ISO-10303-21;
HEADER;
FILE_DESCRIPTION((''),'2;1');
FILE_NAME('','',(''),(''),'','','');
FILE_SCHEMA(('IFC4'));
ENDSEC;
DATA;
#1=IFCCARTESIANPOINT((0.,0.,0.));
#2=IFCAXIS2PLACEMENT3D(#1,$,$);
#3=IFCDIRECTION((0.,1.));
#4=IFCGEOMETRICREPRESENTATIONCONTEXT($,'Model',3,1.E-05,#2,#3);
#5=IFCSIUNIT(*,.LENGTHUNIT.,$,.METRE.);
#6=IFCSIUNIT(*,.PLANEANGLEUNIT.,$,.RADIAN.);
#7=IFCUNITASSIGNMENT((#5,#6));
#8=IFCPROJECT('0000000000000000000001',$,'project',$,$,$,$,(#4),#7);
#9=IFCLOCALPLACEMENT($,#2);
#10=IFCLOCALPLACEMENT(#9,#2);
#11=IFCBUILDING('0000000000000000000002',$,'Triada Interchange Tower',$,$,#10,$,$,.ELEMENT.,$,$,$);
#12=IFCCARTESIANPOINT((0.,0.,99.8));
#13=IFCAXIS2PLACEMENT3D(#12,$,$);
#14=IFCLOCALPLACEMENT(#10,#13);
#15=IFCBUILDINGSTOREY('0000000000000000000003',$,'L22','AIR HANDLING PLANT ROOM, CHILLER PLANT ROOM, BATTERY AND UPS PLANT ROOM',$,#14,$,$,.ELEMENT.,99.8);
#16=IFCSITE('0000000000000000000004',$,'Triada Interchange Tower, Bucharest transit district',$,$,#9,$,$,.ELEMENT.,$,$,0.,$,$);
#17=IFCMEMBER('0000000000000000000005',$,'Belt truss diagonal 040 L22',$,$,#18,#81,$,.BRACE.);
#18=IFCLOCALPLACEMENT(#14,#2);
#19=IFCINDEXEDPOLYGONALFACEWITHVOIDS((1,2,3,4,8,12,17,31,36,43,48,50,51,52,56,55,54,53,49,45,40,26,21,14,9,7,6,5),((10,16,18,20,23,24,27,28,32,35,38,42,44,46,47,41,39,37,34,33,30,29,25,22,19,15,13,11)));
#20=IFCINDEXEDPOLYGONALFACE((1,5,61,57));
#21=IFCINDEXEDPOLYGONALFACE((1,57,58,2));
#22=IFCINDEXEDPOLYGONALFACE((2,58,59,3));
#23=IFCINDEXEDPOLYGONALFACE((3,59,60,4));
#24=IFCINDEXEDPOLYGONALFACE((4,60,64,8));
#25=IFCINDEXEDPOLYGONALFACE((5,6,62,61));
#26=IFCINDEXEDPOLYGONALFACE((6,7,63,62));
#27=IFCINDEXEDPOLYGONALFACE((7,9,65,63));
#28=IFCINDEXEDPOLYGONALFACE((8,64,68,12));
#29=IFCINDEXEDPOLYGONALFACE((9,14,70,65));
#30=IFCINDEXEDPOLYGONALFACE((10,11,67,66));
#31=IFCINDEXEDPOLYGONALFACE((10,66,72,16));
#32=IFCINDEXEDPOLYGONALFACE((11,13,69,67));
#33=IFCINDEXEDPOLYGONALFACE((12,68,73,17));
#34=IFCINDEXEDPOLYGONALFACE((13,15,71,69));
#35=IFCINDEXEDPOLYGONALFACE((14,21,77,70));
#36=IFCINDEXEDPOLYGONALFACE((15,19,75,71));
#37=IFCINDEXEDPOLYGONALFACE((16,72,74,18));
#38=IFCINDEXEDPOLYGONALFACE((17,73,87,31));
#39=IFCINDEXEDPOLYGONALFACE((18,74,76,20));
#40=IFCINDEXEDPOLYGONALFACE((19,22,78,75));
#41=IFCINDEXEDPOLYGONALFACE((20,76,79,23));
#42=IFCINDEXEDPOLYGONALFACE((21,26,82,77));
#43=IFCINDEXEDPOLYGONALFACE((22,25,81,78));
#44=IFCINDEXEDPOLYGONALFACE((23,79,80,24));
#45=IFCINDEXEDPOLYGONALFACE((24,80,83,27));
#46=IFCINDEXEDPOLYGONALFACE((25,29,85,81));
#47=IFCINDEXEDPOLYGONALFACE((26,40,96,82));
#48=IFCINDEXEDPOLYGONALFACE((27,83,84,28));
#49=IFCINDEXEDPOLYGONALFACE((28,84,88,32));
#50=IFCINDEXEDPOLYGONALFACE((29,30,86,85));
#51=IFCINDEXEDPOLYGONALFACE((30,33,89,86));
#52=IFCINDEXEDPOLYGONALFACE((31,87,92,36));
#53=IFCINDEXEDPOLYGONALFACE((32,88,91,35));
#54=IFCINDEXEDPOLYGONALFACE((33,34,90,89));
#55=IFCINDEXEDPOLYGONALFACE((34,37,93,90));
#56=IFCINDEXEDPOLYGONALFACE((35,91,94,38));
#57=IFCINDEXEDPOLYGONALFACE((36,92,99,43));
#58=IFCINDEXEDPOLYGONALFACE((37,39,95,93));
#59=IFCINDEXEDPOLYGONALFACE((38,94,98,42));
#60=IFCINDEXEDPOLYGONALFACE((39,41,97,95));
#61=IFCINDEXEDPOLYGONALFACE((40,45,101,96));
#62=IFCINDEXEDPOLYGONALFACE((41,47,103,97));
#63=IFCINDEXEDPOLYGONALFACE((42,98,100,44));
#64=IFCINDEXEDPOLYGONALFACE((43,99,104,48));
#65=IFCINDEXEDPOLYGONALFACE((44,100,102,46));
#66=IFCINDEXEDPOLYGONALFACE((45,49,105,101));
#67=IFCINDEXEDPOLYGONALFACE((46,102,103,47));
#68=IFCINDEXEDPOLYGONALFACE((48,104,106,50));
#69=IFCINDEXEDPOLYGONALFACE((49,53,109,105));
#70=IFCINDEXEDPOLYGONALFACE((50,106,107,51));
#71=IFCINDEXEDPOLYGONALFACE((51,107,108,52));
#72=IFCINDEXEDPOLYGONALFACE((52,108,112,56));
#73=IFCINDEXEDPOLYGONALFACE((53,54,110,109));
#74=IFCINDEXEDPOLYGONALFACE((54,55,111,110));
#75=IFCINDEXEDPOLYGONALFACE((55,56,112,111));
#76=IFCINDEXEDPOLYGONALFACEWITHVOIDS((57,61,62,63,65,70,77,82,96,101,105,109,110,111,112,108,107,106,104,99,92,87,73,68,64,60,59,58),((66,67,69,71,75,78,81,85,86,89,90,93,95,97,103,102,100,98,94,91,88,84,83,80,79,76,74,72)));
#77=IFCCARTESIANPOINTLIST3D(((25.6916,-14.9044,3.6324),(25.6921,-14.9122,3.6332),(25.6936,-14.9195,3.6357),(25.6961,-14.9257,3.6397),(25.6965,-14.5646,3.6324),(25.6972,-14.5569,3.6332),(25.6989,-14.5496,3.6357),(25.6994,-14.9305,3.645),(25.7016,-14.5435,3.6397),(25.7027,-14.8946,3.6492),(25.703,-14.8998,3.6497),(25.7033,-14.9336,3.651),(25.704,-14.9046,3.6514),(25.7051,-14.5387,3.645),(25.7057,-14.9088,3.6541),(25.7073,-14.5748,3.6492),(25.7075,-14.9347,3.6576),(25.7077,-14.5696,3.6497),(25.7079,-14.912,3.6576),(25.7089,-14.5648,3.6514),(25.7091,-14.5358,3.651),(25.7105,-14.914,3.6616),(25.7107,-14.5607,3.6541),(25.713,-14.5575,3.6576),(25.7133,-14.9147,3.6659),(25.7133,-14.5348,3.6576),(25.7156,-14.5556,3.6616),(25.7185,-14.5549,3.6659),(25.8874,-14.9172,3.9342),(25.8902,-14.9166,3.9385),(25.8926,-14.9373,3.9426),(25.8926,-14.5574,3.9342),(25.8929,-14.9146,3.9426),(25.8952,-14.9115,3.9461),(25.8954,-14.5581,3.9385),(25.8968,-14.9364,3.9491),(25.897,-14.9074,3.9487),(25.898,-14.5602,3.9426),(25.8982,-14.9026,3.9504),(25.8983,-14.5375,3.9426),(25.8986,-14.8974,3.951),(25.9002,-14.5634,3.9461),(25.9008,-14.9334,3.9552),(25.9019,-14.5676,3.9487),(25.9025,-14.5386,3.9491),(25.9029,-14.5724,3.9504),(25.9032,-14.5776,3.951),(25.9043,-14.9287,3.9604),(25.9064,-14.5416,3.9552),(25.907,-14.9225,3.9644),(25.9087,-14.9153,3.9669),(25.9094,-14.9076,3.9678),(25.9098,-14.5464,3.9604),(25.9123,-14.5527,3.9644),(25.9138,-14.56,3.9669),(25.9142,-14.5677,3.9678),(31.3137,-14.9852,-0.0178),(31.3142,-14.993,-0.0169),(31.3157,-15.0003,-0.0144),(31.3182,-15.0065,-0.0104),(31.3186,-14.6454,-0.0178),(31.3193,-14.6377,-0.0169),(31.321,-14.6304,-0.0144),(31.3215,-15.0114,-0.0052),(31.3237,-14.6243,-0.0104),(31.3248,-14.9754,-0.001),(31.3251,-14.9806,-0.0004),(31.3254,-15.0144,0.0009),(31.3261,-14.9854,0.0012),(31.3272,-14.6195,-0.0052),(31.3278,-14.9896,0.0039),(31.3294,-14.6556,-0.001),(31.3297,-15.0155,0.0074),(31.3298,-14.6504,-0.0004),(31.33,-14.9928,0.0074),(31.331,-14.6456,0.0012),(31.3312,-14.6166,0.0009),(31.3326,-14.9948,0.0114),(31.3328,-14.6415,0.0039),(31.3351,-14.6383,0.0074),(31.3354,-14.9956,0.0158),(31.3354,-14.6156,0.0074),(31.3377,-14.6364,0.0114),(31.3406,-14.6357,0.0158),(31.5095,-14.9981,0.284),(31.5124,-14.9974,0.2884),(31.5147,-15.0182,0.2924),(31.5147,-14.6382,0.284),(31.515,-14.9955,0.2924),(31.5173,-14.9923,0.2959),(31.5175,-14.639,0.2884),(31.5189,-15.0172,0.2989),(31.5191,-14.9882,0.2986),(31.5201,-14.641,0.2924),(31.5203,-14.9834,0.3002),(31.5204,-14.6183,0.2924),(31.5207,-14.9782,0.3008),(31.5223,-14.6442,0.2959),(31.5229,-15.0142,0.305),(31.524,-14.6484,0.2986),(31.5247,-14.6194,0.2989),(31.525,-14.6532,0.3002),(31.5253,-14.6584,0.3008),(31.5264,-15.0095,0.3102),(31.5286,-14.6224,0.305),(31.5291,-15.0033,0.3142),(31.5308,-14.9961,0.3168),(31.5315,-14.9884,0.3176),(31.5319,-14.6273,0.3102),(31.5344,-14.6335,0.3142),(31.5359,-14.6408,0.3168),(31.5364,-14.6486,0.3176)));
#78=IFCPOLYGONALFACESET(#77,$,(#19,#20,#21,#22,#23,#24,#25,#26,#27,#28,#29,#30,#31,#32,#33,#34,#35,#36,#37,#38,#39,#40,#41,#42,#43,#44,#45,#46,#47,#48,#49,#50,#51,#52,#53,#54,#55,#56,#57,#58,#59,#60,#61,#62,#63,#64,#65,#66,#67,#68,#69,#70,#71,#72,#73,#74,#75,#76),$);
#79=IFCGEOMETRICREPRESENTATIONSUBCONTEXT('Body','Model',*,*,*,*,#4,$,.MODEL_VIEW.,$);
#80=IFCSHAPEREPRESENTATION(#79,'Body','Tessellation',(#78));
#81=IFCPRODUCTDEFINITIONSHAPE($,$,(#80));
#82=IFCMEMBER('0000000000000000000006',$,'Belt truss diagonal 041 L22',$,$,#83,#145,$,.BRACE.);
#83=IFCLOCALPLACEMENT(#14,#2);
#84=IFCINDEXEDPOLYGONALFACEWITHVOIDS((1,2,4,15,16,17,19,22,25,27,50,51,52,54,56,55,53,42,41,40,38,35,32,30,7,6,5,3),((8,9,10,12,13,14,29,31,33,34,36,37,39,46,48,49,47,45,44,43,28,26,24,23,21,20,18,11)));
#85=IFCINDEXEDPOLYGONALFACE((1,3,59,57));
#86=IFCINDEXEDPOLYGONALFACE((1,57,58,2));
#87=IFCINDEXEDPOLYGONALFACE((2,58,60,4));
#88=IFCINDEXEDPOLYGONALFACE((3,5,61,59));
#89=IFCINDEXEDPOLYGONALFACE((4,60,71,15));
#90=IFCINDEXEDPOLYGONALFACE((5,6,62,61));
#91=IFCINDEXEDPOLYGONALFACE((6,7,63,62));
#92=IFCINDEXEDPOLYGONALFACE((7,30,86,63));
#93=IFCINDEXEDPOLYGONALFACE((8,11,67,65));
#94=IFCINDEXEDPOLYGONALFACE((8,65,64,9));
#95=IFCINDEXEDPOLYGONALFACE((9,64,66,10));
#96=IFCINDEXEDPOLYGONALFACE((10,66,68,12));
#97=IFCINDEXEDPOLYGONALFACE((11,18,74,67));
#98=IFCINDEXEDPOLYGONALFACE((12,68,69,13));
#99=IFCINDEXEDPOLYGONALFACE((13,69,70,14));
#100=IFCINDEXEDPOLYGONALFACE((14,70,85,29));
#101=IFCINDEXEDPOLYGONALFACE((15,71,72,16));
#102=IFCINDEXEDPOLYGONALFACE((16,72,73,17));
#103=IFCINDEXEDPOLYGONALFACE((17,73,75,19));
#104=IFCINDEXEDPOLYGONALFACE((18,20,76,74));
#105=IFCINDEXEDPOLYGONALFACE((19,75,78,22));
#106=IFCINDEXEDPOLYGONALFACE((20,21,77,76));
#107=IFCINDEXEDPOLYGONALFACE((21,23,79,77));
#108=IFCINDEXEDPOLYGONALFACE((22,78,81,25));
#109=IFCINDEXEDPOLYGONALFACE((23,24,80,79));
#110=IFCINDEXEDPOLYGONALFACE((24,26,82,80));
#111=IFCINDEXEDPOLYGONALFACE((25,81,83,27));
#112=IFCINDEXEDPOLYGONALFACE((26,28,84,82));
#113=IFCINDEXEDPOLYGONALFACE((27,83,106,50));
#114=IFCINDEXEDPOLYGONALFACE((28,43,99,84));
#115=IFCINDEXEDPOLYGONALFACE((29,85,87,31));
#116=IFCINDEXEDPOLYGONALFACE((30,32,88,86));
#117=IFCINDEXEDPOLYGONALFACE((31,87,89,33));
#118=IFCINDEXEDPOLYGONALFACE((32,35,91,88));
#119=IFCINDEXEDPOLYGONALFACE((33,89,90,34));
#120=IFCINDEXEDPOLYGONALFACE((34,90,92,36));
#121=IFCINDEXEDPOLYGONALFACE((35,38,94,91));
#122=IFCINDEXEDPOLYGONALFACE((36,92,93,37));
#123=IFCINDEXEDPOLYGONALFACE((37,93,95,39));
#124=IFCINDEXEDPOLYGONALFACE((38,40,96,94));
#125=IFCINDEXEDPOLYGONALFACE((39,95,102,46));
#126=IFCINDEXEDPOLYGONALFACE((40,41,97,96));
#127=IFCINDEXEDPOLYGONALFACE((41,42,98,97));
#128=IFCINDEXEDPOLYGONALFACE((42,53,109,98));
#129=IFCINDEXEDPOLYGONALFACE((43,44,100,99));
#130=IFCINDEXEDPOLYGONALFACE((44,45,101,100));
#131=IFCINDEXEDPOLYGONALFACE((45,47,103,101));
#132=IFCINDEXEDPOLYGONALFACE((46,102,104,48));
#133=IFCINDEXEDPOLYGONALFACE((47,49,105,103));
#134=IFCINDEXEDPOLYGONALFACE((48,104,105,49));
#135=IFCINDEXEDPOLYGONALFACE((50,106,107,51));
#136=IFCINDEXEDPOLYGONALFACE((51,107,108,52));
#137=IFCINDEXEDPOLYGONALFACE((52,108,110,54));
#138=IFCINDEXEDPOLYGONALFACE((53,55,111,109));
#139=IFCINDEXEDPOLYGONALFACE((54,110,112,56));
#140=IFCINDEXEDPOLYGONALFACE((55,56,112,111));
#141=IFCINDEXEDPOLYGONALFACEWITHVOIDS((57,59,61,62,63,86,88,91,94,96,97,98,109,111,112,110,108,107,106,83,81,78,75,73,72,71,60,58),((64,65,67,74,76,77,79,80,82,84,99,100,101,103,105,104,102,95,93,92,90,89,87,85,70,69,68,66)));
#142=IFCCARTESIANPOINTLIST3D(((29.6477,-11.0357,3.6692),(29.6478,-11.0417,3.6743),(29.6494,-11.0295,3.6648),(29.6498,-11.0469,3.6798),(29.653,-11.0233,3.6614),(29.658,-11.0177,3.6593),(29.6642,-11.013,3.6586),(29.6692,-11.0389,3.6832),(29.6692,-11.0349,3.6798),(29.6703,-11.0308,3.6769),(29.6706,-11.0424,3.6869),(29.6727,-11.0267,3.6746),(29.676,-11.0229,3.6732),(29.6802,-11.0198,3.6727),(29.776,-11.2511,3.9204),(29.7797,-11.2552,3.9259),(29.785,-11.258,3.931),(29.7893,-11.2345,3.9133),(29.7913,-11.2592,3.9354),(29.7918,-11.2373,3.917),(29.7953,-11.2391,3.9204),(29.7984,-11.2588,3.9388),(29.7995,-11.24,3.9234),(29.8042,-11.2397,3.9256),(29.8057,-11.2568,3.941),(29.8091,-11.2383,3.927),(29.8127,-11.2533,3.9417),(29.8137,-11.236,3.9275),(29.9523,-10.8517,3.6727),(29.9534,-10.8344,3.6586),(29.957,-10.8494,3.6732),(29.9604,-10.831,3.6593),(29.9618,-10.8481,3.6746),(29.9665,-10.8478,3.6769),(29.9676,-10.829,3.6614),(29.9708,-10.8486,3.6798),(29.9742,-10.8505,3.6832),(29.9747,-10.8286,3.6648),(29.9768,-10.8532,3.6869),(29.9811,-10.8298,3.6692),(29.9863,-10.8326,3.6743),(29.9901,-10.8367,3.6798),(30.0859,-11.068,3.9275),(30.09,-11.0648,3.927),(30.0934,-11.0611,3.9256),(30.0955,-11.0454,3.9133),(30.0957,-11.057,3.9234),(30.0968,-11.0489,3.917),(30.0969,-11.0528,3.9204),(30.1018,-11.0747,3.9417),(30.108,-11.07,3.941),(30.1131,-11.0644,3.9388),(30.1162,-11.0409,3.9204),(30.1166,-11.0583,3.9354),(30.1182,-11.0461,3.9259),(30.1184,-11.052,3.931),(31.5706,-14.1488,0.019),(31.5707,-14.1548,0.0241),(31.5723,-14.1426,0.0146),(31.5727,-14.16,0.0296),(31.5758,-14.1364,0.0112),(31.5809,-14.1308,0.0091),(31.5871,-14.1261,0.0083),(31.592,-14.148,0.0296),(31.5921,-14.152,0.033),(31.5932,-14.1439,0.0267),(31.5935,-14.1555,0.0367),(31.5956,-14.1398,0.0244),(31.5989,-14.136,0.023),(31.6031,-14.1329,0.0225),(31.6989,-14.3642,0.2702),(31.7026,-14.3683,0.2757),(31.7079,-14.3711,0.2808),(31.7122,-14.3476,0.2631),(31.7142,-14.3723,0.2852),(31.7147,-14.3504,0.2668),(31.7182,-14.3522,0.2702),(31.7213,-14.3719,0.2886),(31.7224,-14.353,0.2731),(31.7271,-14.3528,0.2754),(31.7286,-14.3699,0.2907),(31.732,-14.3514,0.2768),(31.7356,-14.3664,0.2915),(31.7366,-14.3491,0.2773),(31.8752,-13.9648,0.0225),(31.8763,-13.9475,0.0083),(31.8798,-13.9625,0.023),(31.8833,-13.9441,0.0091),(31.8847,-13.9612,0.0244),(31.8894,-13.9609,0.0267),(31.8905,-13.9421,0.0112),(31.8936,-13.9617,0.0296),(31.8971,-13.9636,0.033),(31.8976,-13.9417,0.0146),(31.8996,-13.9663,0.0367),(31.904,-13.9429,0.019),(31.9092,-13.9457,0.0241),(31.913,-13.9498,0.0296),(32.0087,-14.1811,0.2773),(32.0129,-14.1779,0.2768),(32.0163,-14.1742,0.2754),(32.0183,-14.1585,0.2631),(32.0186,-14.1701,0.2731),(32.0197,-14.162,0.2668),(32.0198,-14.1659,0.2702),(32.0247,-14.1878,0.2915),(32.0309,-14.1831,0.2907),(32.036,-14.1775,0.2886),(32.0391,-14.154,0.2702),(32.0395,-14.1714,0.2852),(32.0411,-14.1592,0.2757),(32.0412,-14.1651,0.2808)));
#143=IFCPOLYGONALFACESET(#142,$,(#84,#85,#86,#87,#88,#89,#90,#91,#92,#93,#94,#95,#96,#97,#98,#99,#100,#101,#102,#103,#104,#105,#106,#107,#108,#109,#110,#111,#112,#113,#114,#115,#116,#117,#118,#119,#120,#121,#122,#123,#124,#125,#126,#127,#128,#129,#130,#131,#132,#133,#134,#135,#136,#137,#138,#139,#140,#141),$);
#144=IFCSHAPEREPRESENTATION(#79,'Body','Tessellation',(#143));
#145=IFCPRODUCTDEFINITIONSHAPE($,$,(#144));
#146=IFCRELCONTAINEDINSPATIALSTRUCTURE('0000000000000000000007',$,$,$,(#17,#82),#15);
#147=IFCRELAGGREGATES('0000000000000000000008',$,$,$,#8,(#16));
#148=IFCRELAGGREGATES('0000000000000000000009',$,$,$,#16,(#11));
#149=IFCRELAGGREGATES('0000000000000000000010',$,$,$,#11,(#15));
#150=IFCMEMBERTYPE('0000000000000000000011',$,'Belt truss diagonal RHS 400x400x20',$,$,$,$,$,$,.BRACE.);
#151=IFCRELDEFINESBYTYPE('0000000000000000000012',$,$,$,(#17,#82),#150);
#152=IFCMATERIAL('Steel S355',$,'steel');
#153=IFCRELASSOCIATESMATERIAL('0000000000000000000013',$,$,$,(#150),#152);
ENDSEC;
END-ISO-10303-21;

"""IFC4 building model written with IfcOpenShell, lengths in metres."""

from ifc_helpers import new_model, si_unit, direction, frame, origin, origin_2d, place, context, subcontext, project, spatial, hollow_rectangle, extrude, material, material_profile, profile_set, type_object, element, save


model = new_model("IFC4")

# Units and contexts
model_context = context("Model", 3, precision=1e-05, world=origin(), true_north=direction((0.0, 1.0)))
body_context = subcontext(model_context, "Body", "Model", "MODEL_VIEW")
ifc_project = project(units=[si_unit("LENGTHUNIT", "METRE"), si_unit("PLANEANGLEUNIT", "RADIAN")], contexts=[model_context])

# Site, building, storey
site_placement = place(None, origin())
site = spatial("IfcSite", under=ifc_project, at=site_placement, Name="Triada Interchange Tower, Bucharest transit district", CompositionType="ELEMENT", RefElevation=0.0)
building_placement = place(site_placement, origin())
building = spatial("IfcBuilding", under=site, at=building_placement, Name="Triada Interchange Tower", CompositionType="ELEMENT")
storey_placement = place(building_placement, frame((0.0, 0.0, 99.8)))
storey = spatial("IfcBuildingStorey", under=building, at=storey_placement, Name="L22", Description="AIR HANDLING PLANT ROOM, CHILLER PLANT ROOM, BATTERY AND UPS PLANT ROOM", CompositionType="ELEMENT", Elevation=99.8)

# Members
ifc_material_1 = material(Name="Steel S355", Category="steel")
ifc_material_profile_1 = material_profile(ifc_material_1, hollow_rectangle(XDim=0.3999, YDim=0.3999, WallThickness=0.02, InnerFilletRadius=0.02, OuterFilletRadius=0.03, at=origin_2d()), Name="RHS 400x400x20")
ifc_profile_set_1 = profile_set([ifc_material_profile_1], Name="Steel S355")
member_type_1 = type_object("IfcMemberType", Name="Belt truss diagonal RHS 400x400x20", PredefinedType="BRACE", material=ifc_profile_set_1)
member_1_placement = place(storey_placement, frame((31.425, -14.8169, 0.1499), z_axis=(-0.838669, 0.012055, 0.544508), x_axis=(-0.014372, -0.999897, 0.0)))
element("IfcMember", 1, at=member_1_placement, inside=storey, type_object=member_type_1, Name="Belt truss diagonal 040 L22", PredefinedType="BRACE", context=body_context, shape_type="SweptSolid", body=[
    extrude(hollow_rectangle(XDim=0.3999, YDim=0.3999, WallThickness=0.02, InnerFilletRadius=0.02, OuterFilletRadius=0.03, at=origin_2d()), origin(), (0.0, 0.0, 1.0), 6.7036),
])
member_2_placement = place(storey_placement, frame((31.8059, -14.157, 0.1499), z_axis=(-0.372043, 0.602326, 0.706249), x_axis=(-0.850787, -0.525511, 0.0)))
element("IfcMember", 2, at=member_2_placement, inside=storey, type_object=member_type_1, Name="Belt truss diagonal 041 L22", PredefinedType="BRACE", context=body_context, shape_type="SweptSolid", body=[
    extrude(hollow_rectangle(XDim=0.3999, YDim=0.3999, WallThickness=0.02, InnerFilletRadius=0.02, OuterFilletRadius=0.03, at=origin_2d()), origin(), (0.0, 0.0, 1.0), 5.1685),
])

save(model, "model.ifc")
